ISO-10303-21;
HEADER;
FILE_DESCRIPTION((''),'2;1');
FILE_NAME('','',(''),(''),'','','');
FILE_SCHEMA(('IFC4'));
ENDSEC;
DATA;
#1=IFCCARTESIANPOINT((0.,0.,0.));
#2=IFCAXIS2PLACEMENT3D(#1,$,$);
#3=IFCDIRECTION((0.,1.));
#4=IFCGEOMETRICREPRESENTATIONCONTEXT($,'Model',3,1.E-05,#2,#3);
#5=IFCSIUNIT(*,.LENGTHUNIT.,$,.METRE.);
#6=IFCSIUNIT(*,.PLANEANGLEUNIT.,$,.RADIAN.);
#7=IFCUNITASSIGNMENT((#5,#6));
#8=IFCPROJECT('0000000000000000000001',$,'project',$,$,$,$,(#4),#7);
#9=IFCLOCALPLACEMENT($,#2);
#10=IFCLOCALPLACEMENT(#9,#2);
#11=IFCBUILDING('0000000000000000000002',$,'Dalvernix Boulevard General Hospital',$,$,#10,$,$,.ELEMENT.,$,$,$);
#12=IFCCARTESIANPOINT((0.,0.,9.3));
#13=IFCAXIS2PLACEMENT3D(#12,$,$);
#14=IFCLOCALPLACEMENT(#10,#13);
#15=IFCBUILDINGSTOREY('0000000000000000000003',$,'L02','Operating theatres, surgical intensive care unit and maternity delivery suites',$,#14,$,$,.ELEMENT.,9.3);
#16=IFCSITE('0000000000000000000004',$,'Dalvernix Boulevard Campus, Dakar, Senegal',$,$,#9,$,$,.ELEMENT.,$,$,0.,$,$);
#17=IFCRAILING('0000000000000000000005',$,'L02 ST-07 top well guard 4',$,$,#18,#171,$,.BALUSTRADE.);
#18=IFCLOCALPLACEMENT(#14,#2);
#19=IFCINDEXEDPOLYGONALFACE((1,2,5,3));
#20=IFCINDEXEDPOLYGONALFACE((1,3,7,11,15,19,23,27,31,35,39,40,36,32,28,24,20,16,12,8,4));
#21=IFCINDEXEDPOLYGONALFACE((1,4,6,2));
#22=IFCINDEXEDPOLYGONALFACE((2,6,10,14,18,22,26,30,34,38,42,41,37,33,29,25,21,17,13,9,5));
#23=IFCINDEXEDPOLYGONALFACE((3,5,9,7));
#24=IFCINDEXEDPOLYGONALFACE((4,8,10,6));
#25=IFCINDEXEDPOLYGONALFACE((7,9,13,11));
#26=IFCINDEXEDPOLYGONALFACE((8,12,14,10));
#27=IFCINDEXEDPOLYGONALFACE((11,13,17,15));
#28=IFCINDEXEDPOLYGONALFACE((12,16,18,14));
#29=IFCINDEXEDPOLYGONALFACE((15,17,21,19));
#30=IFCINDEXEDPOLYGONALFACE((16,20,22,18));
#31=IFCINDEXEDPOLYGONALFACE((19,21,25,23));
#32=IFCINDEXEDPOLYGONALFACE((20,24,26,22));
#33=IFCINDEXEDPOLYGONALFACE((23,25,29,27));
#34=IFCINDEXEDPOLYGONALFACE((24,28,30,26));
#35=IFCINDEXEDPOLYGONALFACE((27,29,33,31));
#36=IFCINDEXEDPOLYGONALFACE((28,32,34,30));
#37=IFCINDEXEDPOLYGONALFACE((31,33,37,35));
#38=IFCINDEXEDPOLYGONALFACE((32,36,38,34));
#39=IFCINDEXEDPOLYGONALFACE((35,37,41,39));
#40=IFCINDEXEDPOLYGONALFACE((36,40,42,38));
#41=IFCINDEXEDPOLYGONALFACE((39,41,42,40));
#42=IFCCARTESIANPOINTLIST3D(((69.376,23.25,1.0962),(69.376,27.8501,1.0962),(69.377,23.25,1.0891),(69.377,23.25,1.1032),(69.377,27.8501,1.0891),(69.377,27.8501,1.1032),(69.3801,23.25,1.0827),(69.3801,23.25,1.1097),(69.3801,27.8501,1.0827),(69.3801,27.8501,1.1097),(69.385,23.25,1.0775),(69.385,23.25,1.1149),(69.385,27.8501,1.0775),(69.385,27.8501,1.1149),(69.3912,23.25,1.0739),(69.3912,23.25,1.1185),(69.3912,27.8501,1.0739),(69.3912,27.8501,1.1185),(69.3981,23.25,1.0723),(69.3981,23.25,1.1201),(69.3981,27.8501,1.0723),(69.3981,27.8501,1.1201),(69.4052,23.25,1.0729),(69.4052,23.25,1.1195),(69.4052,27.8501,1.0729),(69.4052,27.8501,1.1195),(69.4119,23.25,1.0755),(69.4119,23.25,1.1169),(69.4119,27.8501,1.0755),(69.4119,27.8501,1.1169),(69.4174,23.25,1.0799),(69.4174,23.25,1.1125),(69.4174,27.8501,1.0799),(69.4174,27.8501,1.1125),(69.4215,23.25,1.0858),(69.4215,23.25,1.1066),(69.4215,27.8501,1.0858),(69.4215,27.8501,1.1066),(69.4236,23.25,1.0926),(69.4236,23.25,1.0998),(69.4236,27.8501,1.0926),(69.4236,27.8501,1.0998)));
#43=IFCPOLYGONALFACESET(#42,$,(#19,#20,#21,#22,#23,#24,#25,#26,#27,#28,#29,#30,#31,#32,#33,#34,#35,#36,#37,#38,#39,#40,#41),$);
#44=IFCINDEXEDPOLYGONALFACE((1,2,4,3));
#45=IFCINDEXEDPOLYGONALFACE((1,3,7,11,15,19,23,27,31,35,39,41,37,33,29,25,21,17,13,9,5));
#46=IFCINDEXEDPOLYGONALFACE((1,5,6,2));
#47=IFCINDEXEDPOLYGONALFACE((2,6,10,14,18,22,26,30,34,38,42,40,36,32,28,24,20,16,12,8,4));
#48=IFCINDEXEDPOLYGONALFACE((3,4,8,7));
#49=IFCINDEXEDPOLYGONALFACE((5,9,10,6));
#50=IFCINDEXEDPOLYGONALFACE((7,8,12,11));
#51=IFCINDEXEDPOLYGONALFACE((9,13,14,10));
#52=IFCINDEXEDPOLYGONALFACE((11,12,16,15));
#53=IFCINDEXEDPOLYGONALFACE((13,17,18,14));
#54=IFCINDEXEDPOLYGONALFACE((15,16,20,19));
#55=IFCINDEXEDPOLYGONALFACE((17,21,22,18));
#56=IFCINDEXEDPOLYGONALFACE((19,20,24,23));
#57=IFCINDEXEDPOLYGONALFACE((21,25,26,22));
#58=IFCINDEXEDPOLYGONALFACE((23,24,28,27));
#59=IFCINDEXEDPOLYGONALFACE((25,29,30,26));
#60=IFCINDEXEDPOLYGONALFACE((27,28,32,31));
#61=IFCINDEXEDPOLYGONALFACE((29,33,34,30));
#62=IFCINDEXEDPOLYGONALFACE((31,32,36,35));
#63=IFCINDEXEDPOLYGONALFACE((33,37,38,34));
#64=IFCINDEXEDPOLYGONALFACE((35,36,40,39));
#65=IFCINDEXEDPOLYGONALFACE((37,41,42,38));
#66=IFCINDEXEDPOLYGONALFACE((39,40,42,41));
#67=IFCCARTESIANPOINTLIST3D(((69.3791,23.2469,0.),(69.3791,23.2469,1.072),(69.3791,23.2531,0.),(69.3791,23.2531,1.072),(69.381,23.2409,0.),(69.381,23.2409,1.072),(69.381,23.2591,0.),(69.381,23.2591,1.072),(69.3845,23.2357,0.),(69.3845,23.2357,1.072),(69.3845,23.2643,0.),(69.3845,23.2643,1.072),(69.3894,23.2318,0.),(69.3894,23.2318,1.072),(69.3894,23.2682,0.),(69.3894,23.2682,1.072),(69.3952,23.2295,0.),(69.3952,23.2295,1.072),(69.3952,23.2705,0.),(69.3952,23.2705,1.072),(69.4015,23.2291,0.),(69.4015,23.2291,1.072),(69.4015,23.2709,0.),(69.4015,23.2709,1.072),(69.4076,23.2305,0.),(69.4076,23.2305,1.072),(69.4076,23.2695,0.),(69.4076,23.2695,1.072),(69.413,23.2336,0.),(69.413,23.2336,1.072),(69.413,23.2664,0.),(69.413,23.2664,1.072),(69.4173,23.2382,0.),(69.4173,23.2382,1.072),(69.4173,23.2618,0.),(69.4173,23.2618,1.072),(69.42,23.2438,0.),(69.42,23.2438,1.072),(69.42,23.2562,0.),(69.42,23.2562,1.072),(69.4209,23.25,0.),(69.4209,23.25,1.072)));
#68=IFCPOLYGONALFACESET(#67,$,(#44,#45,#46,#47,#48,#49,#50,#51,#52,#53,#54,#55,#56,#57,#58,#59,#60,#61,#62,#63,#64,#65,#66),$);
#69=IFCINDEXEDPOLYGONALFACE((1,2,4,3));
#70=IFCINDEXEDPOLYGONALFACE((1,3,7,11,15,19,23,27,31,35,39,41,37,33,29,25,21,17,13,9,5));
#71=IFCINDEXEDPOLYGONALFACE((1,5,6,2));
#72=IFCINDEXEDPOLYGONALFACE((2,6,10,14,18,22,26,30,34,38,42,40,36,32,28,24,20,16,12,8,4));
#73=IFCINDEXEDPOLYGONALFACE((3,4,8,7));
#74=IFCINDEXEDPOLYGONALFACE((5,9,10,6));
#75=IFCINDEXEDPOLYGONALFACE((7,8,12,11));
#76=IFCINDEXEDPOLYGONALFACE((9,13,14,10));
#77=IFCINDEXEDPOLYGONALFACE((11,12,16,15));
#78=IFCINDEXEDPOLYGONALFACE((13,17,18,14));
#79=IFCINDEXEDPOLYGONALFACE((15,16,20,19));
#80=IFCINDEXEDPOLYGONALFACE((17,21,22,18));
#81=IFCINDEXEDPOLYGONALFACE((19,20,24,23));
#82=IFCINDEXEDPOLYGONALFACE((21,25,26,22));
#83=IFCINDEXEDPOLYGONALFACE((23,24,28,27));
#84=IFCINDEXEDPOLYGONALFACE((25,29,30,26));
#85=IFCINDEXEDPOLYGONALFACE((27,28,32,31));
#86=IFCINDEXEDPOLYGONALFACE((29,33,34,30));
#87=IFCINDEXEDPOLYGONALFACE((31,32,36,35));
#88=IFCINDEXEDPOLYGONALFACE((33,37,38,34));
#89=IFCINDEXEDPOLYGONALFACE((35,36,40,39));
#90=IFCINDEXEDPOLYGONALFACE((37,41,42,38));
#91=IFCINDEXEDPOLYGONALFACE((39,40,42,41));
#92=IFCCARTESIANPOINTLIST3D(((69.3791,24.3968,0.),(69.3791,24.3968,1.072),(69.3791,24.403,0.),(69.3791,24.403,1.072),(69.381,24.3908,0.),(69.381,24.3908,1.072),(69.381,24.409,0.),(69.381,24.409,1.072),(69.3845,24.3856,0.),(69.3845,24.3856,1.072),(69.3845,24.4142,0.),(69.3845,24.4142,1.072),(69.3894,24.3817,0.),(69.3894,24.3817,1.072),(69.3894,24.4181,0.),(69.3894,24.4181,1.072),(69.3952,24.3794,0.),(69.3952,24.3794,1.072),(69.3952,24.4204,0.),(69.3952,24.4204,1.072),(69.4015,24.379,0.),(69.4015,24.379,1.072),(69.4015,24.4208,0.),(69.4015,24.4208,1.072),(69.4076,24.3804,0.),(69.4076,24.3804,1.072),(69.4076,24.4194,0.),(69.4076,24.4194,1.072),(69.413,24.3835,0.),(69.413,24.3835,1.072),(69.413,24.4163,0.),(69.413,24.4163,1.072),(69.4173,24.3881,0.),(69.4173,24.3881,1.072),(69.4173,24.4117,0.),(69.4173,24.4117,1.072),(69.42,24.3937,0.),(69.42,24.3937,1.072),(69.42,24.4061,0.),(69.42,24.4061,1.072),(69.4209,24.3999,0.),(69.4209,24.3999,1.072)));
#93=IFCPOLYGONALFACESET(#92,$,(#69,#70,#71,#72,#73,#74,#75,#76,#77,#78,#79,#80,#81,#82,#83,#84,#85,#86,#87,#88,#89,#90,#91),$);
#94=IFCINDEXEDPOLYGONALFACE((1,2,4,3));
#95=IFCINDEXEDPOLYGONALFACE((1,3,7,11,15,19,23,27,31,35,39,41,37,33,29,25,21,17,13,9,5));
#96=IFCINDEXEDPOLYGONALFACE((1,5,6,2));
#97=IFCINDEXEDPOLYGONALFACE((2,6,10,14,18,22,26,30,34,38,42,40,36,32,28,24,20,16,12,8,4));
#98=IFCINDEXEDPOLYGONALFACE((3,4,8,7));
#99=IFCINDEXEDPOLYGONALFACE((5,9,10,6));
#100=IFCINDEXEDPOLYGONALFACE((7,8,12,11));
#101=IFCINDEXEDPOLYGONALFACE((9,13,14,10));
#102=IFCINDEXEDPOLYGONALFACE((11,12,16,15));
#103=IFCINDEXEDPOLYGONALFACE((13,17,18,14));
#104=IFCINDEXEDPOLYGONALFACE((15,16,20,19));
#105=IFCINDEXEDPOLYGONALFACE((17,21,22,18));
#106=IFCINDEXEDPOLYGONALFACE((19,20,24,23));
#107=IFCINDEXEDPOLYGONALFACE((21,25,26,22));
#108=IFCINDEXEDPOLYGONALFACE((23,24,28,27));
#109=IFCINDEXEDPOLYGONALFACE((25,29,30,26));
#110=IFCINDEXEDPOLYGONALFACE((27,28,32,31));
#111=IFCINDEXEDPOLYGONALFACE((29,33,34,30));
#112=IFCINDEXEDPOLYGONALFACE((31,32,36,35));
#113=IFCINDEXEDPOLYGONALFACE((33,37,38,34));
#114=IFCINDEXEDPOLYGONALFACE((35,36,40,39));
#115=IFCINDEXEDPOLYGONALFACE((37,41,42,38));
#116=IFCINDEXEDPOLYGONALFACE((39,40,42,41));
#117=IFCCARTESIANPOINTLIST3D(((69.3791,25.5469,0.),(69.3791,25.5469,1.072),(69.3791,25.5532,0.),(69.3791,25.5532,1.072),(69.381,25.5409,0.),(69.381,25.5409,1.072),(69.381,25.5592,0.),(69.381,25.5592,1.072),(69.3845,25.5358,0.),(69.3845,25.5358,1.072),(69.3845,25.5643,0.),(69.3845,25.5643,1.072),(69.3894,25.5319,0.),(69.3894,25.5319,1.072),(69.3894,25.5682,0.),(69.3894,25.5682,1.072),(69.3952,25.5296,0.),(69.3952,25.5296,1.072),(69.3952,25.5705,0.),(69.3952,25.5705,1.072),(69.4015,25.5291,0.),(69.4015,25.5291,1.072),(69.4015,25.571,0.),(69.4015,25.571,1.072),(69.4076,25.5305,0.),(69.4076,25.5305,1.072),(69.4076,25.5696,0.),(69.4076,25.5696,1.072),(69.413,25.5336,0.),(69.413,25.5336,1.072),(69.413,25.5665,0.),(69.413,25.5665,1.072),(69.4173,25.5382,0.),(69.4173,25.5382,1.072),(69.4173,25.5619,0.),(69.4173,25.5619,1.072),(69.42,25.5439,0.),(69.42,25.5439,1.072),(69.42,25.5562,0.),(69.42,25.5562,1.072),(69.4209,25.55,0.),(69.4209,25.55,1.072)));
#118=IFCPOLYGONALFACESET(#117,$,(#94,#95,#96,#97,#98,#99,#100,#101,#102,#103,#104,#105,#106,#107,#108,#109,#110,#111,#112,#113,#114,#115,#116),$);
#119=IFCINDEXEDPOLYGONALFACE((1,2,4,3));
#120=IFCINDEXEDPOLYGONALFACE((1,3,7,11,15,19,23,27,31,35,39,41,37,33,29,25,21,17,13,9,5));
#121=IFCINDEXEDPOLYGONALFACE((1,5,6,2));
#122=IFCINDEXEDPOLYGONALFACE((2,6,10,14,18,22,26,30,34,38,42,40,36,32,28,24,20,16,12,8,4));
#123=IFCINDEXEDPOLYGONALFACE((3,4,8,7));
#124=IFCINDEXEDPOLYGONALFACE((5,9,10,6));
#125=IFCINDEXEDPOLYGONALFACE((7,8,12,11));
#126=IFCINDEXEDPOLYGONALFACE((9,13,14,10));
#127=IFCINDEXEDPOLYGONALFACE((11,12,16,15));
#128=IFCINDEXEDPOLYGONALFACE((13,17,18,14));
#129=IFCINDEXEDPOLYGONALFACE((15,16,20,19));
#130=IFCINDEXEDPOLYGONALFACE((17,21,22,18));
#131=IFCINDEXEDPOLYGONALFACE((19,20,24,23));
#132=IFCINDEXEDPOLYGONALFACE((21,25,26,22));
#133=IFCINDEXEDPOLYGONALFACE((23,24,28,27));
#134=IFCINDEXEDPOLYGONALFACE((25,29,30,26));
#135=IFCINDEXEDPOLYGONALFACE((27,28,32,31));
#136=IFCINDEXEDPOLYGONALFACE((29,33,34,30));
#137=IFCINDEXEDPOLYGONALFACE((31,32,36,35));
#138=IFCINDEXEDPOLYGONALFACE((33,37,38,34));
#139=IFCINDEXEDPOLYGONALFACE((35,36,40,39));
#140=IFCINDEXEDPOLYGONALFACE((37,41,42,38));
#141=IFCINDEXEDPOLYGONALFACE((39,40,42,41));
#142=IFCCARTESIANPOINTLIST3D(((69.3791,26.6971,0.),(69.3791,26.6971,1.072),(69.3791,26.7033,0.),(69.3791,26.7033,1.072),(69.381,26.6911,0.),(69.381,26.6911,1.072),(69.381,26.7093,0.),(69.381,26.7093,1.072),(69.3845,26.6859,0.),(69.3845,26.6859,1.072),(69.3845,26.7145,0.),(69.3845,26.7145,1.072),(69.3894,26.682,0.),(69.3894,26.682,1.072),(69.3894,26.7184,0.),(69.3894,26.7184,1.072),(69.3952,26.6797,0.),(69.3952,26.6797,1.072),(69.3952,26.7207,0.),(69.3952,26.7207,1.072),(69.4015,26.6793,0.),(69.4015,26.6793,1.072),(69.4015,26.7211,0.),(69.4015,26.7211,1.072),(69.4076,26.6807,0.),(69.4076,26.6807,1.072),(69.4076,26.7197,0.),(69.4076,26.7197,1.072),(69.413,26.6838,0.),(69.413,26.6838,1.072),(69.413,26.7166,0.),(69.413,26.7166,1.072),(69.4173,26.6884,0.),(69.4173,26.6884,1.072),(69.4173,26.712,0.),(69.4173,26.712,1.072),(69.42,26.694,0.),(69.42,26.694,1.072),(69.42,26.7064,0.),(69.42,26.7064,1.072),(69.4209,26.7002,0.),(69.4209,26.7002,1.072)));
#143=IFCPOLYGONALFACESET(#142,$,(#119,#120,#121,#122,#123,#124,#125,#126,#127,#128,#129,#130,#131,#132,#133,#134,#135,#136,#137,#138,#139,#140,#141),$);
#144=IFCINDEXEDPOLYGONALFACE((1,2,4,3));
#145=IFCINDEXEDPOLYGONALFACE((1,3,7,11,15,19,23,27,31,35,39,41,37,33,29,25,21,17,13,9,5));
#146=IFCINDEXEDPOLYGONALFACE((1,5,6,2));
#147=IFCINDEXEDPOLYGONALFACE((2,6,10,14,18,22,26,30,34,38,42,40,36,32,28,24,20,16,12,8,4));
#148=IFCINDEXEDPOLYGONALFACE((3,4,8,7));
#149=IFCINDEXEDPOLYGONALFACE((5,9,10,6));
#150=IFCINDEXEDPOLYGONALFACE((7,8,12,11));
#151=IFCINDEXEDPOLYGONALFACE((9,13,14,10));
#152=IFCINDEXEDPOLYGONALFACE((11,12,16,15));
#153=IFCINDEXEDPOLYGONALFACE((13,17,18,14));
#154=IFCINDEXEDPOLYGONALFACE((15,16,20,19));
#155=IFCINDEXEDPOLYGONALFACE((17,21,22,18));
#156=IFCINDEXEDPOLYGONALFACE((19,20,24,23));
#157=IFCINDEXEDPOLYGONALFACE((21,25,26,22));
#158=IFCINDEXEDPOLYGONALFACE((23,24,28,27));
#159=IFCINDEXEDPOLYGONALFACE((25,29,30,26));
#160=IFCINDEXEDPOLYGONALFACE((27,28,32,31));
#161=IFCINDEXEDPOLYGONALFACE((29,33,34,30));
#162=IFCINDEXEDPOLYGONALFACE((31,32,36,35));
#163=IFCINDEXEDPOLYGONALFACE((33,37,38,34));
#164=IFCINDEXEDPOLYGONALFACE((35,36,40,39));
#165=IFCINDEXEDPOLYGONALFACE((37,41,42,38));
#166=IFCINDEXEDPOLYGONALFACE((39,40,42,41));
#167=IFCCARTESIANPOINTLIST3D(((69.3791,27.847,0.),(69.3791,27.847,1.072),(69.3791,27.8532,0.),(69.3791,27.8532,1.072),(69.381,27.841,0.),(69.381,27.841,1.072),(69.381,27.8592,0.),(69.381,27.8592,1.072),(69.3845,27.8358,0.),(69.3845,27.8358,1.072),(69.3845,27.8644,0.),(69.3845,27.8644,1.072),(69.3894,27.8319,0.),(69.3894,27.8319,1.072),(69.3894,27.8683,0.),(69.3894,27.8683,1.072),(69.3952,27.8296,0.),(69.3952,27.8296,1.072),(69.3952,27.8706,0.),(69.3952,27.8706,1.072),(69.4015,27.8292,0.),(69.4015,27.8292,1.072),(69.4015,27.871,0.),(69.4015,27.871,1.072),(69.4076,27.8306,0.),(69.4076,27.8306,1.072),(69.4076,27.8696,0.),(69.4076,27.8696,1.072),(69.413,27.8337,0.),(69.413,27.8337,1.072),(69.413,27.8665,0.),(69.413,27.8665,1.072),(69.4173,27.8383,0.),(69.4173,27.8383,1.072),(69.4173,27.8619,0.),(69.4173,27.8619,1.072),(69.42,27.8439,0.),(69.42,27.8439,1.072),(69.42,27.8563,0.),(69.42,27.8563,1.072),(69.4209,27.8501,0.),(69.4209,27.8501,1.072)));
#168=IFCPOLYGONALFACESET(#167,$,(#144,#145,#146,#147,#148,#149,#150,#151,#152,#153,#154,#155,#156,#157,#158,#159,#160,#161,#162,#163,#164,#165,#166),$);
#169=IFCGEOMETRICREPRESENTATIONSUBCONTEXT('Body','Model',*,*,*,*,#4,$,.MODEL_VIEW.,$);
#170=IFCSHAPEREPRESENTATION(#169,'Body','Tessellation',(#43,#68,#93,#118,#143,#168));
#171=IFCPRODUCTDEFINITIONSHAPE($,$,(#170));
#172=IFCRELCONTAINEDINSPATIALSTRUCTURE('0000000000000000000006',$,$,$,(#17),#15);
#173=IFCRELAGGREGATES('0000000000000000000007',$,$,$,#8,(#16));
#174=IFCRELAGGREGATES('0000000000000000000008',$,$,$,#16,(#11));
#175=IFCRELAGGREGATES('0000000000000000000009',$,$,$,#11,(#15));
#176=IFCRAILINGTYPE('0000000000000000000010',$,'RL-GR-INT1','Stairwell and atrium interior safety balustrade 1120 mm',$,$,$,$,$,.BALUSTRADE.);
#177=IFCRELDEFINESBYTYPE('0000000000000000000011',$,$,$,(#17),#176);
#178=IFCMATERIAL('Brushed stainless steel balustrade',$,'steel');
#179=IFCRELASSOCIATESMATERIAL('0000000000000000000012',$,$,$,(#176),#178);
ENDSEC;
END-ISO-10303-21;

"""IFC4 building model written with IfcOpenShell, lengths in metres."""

from ifc_helpers import new_model, si_unit, direction, frame, origin, origin_2d, place, context, subcontext, project, spatial, circle, extrude, material, type_object, element, save


model = new_model("IFC4")

# Units and contexts
model_context = context("Model", 3, precision=1e-05, world=origin(), true_north=direction((0.0, 1.0)))
body_context = subcontext(model_context, "Body", "Model", "MODEL_VIEW")
ifc_project = project(units=[si_unit("LENGTHUNIT", "METRE"), si_unit("PLANEANGLEUNIT", "RADIAN")], contexts=[model_context])

# Site, building, storey
site_placement = place(None, origin())
site = spatial("IfcSite", under=ifc_project, at=site_placement, Name="Dalvernix Boulevard Campus, Dakar, Senegal", CompositionType="ELEMENT", RefElevation=0.0)
building_placement = place(site_placement, origin())
building = spatial("IfcBuilding", under=site, at=building_placement, Name="Dalvernix Boulevard General Hospital", CompositionType="ELEMENT")
storey_placement = place(building_placement, frame((0.0, 0.0, 9.3)))
storey = spatial("IfcBuildingStorey", under=building, at=storey_placement, Name="L02", Description="Operating theatres, surgical intensive care unit and maternity delivery suites", CompositionType="ELEMENT", Elevation=9.3)

# Railing
ifc_material_1 = material(Name="Brushed stainless steel balustrade", Category="steel")
railing_type = type_object("IfcRailingType", Name="RL-GR-INT1", Description="Stairwell and atrium interior safety balustrade 1120 mm", PredefinedType="BALUSTRADE", material=ifc_material_1)
railing_1_placement = place(storey_placement, frame((69.3999, 23.25, 0.0)))
element("IfcRailing", 1, at=railing_1_placement, inside=storey, type_object=railing_type, Name="L02 ST-07 top well guard 4", PredefinedType="BALUSTRADE", context=body_context, shape_type="SweptSolid", body=[
    extrude(circle(Radius=0.0239, at=origin_2d()), frame((0.0, 0.0, 1.0962), z_axis=(0.0, 1.0, 0.0), x_axis=(-1.0, 0.0, 0.0)), (0.0, 0.0, 1.0), 4.6001),
    extrude(circle(Radius=0.021, at=origin_2d()), origin(), (0.0, 0.0, 1.0), 1.072),
    extrude(circle(Radius=0.021, at=origin_2d()), frame((0.0, 1.1499, 0.0)), (0.0, 0.0, 1.0), 1.072),
    extrude(circle(Radius=0.021, at=origin_2d()), frame((0.0, 2.3, 0.0)), (0.0, 0.0, 1.0), 1.072),
    extrude(circle(Radius=0.021, at=origin_2d()), frame((0.0, 3.4502, 0.0)), (0.0, 0.0, 1.0), 1.072),
    extrude(circle(Radius=0.021, at=origin_2d()), frame((0.0, 4.6001, 0.0)), (0.0, 0.0, 1.0), 1.072),
])

save(model, "model.ifc")
